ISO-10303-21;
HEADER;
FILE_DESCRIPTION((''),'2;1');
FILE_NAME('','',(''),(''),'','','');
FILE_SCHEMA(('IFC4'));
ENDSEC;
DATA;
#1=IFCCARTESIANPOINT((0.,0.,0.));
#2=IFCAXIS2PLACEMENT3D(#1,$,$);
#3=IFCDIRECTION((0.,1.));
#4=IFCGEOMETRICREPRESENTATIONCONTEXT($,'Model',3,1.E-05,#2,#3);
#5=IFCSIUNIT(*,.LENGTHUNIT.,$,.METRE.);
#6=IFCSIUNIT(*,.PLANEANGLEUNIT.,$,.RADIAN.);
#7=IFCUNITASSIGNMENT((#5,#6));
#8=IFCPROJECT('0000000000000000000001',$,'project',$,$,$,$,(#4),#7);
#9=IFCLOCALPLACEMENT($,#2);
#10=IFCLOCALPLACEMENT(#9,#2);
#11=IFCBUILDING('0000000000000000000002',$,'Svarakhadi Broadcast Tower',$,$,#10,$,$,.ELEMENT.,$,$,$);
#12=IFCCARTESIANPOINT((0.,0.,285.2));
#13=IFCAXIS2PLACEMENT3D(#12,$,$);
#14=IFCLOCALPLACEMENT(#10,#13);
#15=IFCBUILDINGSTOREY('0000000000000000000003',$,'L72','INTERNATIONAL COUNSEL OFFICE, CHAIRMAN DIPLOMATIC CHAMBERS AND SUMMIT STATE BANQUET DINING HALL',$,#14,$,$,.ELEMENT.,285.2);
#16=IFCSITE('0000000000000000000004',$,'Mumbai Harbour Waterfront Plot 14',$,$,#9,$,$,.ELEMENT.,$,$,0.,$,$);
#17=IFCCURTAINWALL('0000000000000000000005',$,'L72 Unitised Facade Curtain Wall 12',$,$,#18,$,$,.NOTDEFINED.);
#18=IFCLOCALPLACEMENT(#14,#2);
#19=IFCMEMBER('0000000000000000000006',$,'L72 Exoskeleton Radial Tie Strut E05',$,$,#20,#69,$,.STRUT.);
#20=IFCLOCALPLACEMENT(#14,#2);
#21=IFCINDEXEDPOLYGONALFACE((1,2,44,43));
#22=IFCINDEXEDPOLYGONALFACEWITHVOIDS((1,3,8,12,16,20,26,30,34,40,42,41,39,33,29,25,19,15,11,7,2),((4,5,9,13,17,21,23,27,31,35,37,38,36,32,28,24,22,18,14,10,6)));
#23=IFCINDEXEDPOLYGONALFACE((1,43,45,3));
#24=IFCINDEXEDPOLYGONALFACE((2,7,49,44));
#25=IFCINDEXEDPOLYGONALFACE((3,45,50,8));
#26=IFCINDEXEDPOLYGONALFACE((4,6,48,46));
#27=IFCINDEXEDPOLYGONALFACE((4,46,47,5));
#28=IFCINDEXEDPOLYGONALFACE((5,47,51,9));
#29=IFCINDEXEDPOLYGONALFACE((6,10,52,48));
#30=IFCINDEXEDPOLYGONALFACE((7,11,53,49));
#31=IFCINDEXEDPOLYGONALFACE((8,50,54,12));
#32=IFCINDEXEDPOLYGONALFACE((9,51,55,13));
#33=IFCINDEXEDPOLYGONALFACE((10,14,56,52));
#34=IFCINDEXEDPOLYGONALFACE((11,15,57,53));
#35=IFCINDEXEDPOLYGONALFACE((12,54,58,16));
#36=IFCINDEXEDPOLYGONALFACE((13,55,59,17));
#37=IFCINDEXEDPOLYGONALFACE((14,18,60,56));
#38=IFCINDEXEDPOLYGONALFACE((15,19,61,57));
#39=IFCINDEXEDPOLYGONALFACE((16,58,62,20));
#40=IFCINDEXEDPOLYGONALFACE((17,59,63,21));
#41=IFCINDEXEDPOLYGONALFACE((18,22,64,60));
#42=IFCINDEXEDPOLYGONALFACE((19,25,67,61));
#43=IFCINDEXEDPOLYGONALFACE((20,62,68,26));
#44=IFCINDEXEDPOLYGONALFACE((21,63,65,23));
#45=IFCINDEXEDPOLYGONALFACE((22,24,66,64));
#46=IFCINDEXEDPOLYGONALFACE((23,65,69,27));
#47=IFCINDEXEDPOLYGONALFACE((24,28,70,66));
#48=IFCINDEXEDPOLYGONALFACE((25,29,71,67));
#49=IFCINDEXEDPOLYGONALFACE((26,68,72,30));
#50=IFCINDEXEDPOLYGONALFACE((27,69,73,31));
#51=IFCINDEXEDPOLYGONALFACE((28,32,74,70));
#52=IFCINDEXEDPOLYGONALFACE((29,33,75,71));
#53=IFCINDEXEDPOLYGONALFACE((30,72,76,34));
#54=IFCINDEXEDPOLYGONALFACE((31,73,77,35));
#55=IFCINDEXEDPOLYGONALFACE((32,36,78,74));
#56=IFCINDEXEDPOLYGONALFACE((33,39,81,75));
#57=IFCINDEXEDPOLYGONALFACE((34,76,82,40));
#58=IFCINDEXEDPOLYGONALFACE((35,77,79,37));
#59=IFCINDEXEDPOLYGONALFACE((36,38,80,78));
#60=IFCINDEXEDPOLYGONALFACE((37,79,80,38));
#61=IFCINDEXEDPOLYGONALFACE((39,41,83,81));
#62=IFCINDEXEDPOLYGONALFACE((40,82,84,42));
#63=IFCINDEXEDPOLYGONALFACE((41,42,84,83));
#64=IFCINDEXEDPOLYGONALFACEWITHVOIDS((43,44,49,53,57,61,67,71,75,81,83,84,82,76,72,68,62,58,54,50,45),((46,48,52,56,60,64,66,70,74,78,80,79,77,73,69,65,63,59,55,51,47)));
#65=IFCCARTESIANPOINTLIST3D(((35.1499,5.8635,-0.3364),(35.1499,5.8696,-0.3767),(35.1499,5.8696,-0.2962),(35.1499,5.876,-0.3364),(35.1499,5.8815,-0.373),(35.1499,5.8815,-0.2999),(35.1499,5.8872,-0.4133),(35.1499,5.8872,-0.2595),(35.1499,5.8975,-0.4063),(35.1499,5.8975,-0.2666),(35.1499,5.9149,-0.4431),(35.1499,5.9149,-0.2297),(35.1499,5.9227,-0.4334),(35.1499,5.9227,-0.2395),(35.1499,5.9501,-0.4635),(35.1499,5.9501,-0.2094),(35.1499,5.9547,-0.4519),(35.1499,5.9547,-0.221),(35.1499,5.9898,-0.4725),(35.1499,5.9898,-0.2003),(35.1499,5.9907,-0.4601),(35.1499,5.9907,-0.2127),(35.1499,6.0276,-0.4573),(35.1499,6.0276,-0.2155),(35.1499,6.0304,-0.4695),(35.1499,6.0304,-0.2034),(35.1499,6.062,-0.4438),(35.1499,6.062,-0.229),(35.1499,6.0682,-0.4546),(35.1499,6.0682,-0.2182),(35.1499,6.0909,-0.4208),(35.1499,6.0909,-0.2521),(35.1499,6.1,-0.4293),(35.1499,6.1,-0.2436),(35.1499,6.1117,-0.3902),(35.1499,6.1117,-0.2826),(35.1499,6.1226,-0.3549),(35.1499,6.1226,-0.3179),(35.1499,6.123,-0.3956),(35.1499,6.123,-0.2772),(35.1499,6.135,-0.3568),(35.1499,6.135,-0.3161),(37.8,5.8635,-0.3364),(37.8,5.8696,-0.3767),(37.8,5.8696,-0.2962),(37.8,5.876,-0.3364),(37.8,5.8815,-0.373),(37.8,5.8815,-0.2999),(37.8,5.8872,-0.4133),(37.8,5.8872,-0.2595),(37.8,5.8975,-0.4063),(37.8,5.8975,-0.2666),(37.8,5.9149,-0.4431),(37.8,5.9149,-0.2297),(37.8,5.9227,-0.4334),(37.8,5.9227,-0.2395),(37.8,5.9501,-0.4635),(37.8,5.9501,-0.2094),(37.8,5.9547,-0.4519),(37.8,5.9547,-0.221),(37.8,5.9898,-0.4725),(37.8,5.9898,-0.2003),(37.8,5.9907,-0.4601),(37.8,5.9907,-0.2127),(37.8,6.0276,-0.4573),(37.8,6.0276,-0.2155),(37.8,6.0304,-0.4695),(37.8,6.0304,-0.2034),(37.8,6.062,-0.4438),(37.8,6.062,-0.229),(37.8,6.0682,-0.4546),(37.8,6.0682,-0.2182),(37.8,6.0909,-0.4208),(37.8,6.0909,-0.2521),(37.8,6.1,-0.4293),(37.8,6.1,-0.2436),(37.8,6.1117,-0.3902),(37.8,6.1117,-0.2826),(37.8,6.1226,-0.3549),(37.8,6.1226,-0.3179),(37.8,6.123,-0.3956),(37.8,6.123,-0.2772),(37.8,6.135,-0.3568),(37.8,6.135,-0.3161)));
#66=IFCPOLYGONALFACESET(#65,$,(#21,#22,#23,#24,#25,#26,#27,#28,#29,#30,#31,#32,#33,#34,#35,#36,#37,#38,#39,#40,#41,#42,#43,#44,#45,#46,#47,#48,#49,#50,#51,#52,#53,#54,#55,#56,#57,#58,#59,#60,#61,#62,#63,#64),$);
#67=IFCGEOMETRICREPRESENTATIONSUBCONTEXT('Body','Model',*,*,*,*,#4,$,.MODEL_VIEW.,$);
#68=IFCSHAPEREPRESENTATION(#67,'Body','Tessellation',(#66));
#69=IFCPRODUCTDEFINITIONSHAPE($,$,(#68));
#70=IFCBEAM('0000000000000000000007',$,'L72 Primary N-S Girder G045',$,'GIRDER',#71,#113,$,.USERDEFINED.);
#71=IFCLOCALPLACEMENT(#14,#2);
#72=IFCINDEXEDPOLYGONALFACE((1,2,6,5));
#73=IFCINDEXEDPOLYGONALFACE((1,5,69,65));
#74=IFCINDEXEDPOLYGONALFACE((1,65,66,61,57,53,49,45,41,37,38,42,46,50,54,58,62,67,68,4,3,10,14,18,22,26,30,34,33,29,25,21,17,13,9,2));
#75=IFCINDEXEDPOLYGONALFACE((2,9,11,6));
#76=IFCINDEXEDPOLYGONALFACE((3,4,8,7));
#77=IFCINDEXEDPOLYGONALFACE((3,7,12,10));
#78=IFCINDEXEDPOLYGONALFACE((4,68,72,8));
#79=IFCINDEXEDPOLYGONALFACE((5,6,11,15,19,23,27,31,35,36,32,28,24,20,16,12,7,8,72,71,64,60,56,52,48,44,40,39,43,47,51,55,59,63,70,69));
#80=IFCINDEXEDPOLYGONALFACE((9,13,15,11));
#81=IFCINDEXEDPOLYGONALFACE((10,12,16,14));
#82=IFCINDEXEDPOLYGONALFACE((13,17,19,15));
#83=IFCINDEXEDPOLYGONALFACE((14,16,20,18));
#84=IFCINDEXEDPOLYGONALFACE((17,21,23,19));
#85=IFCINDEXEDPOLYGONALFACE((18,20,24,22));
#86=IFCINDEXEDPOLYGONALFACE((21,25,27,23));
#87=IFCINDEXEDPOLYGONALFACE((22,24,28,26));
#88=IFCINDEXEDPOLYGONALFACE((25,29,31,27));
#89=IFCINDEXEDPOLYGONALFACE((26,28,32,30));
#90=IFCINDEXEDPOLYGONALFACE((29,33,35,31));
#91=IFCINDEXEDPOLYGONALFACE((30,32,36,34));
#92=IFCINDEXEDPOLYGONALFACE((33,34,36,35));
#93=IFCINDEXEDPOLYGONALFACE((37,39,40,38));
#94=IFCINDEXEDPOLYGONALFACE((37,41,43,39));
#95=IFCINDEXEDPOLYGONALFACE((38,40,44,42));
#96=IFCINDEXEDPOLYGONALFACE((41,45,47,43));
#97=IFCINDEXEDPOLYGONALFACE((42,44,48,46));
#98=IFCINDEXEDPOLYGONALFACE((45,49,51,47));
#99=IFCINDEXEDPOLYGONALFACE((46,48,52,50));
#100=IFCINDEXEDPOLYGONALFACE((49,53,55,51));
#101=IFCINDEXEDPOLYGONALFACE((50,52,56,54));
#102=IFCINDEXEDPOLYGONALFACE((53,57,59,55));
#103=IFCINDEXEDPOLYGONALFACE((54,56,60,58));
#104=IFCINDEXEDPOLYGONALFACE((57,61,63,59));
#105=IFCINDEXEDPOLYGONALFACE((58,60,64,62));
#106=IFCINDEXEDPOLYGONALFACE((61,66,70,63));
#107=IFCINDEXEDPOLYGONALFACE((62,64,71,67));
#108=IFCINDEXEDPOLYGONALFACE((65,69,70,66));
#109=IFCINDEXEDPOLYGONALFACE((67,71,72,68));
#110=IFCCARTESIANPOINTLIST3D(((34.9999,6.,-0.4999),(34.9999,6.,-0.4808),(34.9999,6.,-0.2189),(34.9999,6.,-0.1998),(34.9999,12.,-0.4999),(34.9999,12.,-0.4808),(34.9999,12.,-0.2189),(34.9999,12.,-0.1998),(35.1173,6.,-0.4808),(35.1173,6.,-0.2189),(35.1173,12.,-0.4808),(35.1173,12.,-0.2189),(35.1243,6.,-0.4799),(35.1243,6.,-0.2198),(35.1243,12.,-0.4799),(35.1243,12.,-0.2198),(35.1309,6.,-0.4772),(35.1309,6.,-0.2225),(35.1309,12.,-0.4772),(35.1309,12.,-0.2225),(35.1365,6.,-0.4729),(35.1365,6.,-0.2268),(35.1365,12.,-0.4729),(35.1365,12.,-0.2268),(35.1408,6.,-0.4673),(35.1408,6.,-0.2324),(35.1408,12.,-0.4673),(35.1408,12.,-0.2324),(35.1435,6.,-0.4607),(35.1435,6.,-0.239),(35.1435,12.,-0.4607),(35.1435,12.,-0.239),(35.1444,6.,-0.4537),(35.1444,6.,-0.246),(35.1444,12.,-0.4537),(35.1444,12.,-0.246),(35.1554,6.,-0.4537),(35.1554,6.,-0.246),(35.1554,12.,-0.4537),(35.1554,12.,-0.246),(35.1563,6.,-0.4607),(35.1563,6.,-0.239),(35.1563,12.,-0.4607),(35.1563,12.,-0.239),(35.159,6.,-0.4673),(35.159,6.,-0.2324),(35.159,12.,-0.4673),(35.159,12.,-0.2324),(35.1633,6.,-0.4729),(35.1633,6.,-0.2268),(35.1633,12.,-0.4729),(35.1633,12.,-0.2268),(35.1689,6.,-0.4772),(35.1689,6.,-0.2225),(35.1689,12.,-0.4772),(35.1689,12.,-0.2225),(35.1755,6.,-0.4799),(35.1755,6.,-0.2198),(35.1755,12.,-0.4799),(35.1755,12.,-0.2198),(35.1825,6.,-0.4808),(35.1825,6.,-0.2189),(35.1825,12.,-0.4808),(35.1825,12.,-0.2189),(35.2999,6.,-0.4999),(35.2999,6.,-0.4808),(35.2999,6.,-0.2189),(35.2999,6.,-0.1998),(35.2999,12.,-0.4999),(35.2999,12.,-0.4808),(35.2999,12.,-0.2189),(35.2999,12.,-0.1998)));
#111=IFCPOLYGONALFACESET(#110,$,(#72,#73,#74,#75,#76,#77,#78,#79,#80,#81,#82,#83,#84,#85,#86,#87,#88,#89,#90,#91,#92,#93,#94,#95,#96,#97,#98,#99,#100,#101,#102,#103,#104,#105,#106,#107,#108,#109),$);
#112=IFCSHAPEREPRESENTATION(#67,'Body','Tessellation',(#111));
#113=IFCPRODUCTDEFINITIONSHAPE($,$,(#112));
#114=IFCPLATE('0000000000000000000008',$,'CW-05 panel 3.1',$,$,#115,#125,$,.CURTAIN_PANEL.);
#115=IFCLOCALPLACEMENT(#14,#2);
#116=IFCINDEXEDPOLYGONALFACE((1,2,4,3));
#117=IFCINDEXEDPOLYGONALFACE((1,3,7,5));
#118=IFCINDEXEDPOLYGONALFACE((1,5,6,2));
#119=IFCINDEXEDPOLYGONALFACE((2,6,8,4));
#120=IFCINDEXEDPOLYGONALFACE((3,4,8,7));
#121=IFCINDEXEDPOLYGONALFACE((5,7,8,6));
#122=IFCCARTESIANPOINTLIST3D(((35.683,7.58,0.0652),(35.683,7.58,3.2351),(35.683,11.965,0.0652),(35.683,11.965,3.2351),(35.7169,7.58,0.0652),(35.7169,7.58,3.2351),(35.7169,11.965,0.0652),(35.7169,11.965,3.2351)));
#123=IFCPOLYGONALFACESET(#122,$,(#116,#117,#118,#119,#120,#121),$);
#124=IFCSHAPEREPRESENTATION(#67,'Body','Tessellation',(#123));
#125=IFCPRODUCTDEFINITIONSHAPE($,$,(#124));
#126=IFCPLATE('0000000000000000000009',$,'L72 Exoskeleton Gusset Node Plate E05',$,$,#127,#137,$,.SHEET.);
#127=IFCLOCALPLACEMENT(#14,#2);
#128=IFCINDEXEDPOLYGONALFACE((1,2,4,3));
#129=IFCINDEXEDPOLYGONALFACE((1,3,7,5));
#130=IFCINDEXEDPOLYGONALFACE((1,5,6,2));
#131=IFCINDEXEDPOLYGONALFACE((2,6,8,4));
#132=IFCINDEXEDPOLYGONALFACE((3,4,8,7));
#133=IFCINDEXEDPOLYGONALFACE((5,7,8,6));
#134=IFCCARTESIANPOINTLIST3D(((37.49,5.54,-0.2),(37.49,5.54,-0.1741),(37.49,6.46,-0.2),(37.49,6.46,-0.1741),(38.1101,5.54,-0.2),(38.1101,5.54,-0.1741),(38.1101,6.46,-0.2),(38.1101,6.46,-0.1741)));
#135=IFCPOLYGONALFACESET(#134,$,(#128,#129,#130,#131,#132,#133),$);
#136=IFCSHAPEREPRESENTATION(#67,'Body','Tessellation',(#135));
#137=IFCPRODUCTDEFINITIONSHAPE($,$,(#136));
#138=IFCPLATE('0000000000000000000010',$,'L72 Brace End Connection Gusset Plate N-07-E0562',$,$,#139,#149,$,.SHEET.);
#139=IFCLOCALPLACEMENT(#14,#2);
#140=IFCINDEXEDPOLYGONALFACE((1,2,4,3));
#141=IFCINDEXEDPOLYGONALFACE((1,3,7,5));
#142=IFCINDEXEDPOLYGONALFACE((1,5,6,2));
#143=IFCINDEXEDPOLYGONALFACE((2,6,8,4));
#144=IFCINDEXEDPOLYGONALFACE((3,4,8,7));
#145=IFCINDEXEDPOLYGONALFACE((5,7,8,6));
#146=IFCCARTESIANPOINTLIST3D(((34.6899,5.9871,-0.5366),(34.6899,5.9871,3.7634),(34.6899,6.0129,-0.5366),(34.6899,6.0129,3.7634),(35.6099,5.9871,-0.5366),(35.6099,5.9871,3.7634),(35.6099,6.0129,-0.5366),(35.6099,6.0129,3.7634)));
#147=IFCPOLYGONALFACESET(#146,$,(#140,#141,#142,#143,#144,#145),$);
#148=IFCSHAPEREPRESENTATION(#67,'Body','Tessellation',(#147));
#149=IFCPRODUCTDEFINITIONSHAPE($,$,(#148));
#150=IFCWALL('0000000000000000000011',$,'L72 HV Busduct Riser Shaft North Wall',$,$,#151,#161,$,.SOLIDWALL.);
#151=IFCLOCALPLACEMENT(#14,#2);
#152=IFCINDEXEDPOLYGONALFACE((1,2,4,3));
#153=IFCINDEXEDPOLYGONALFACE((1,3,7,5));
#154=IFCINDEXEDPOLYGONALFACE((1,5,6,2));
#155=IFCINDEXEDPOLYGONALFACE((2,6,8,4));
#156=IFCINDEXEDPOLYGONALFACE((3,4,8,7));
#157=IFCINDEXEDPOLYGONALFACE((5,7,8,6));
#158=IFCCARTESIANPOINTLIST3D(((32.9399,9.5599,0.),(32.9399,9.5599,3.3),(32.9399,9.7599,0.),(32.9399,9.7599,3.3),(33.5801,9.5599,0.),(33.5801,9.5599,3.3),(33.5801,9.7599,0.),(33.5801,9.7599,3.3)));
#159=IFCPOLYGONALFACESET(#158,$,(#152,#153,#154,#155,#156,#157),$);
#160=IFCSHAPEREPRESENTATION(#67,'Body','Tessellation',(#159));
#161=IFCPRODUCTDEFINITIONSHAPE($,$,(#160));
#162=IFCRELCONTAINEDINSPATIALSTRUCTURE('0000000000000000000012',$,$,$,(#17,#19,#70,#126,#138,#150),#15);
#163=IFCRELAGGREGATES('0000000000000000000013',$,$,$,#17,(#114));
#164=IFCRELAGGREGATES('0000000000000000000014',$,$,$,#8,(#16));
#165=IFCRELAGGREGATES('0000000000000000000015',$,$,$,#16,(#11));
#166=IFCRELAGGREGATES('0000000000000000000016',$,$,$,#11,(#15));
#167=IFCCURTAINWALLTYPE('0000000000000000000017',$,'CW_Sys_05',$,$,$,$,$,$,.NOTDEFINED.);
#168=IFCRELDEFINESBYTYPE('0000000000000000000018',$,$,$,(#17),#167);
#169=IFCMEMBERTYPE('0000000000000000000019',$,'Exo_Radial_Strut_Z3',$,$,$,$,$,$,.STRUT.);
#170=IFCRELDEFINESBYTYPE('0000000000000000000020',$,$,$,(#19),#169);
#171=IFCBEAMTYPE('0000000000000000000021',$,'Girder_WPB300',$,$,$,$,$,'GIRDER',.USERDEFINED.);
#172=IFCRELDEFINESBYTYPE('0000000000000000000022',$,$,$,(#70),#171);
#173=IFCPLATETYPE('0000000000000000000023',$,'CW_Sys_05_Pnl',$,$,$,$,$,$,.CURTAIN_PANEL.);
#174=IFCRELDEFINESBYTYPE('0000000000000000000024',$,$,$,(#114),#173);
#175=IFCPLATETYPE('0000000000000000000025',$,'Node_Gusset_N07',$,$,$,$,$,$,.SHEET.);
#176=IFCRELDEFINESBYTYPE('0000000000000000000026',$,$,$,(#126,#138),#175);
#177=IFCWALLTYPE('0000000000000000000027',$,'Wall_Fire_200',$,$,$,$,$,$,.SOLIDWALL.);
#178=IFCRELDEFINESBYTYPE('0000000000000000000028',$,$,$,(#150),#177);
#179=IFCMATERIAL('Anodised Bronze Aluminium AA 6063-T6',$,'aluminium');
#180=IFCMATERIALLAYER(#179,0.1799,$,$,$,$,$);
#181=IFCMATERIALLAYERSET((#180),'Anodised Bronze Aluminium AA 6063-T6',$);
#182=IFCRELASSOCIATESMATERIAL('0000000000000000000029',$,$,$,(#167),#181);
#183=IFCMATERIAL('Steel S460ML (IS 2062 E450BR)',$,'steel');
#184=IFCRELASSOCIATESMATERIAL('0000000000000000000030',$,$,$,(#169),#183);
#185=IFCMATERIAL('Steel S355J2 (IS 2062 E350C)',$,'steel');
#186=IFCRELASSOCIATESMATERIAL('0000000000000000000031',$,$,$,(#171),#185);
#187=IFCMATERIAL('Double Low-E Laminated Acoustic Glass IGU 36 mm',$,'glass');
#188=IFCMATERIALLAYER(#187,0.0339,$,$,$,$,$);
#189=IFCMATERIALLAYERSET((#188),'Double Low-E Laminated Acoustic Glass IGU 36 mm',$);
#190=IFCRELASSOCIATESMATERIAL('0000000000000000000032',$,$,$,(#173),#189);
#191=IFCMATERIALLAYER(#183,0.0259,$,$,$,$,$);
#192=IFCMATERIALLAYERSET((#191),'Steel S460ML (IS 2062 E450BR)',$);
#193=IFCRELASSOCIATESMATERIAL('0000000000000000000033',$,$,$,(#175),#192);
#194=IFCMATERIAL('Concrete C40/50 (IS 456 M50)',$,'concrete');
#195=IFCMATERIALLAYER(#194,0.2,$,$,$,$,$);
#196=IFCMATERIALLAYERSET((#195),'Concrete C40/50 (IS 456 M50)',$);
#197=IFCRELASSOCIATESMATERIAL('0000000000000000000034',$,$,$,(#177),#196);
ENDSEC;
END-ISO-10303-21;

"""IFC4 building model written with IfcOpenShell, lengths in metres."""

from ifc_helpers import new_model, si_unit, direction, frame, frame_2d, origin, origin_2d, place, context, subcontext, project, spatial, rectangle, hollow_circle, i_section, extrude, material, layer, layer_set, material_profile, profile_set, type_object, element, aggregate, save


model = new_model("IFC4")

# Units and contexts
model_context = context("Model", 3, precision=1e-05, world=origin(), true_north=direction((0.0, 1.0)))
body_context = subcontext(model_context, "Body", "Model", "MODEL_VIEW")
ifc_project = project(units=[si_unit("LENGTHUNIT", "METRE"), si_unit("PLANEANGLEUNIT", "RADIAN")], contexts=[model_context])

# Site, building, storey
site_placement = place(None, origin())
site = spatial("IfcSite", under=ifc_project, at=site_placement, Name="Mumbai Harbour Waterfront Plot 14", CompositionType="ELEMENT", RefElevation=0.0)
building_placement = place(site_placement, origin())
building = spatial("IfcBuilding", under=site, at=building_placement, Name="Svarakhadi Broadcast Tower", CompositionType="ELEMENT")
storey_placement = place(building_placement, frame((0.0, 0.0, 285.2)))
storey = spatial("IfcBuildingStorey", under=building, at=storey_placement, Name="L72", Description="INTERNATIONAL COUNSEL OFFICE, CHAIRMAN DIPLOMATIC CHAMBERS AND SUMMIT STATE BANQUET DINING HALL", CompositionType="ELEMENT", Elevation=285.2)

# Curtain wall
ifc_material_1 = material(Name="Anodised Bronze Aluminium AA 6063-T6", Category="aluminium")
ifc_layer_1 = layer(ifc_material_1, 0.1799)
ifc_layer_set_1 = layer_set([ifc_layer_1], Name="Anodised Bronze Aluminium AA 6063-T6")
curtain_wall_type = type_object("IfcCurtainWallType", Name="CW_Sys_05", PredefinedType="NOTDEFINED", material=ifc_layer_set_1)
curtain_wall_placement = place(storey_placement, origin())
curtain_wall = element("IfcCurtainWall", 1, at=curtain_wall_placement, inside=storey, type_object=curtain_wall_type, Name="L72 Unitised Facade Curtain Wall 12", PredefinedType="NOTDEFINED")

# Member
ifc_material_2 = material(Name="Steel S460ML (IS 2062 E450BR)", Category="steel")
ifc_material_profile_1 = material_profile(ifc_material_2, hollow_circle(Radius=0.1365, WallThickness=0.0125, at=origin_2d()), Name="CHS 273x12.5")
ifc_profile_set_1 = profile_set([ifc_material_profile_1], Name="Steel S460ML (IS 2062 E450BR)")
member_type_1 = type_object("IfcMemberType", Name="Exo_Radial_Strut_Z3", PredefinedType="STRUT", material=ifc_profile_set_1)
member_1_placement = place(storey_placement, frame((37.8, 6.0, -0.3364), z_axis=(-1.0, 0.0, 0.0), x_axis=(0.0, -1.0, 0.0)))
element("IfcMember", 2, at=member_1_placement, inside=storey, type_object=member_type_1, Name="L72 Exoskeleton Radial Tie Strut E05", PredefinedType="STRUT", context=body_context, shape_type="SweptSolid", body=[
    extrude(hollow_circle(Radius=0.1365, WallThickness=0.0125, at=origin_2d()), origin(), (0.0, 0.0, 1.0), 2.6501),
])

# Beam
ifc_material_3 = material(Name="Steel S355J2 (IS 2062 E350C)", Category="steel")
ifc_material_profile_2 = material_profile(ifc_material_3, i_section(OverallWidth=0.3, OverallDepth=0.3, WebThickness=0.011, FlangeThickness=0.019, FilletRadius=0.0271, at=origin_2d()), Name="WPB 300x300x117")
ifc_profile_set_2 = profile_set([ifc_material_profile_2], Name="Steel S355J2 (IS 2062 E350C)")
beam_type_1 = type_object("IfcBeamType", Name="Girder_WPB300", ElementType="GIRDER", PredefinedType="USERDEFINED", material=ifc_profile_set_2)
beam_1_placement = place(storey_placement, frame((35.1499, 6.0, -0.3499), z_axis=(0.0, 1.0, 0.0), x_axis=(-1.0, 0.0, 0.0)))
element("IfcBeam", 3, at=beam_1_placement, inside=storey, type_object=beam_type_1, Name="L72 Primary N-S Girder G045", ObjectType="GIRDER", PredefinedType="USERDEFINED", context=body_context, shape_type="SweptSolid", body=[
    extrude(i_section(OverallWidth=0.3, OverallDepth=0.3, WebThickness=0.011, FlangeThickness=0.019, FilletRadius=0.0271, at=origin_2d()), origin(), (0.0, 0.0, 1.0), 6.0),
])

# Plate
ifc_material_4 = material(Name="Double Low-E Laminated Acoustic Glass IGU 36 mm", Category="glass")
ifc_layer_2 = layer(ifc_material_4, 0.0339)
ifc_layer_set_2 = layer_set([ifc_layer_2], Name="Double Low-E Laminated Acoustic Glass IGU 36 mm")
plate_type_1 = type_object("IfcPlateType", Name="CW_Sys_05_Pnl", PredefinedType="CURTAIN_PANEL", material=ifc_layer_set_2)
plate_1_placement = place(storey_placement, frame((35.7, 9.7725, 0.0652), z_axis=(0.0, 0.0, 1.0), x_axis=(0.0, -1.0, 0.0)))
plate_1 = element("IfcPlate", 4, at=plate_1_placement, type_object=plate_type_1, Name="CW-05 panel 3.1", PredefinedType="CURTAIN_PANEL", context=body_context, shape_type="SweptSolid", body=[
    extrude(rectangle(XDim=4.385, YDim=0.0339, at=origin_2d()), origin(), (0.0, 0.0, 1.0), 3.1699),
])
aggregate(curtain_wall, [plate_1])

# Plates
ifc_layer_3 = layer(ifc_material_2, 0.0259)
ifc_layer_set_3 = layer_set([ifc_layer_3], Name="Steel S460ML (IS 2062 E450BR)")
plate_type_2 = type_object("IfcPlateType", Name="Node_Gusset_N07", PredefinedType="SHEET", material=ifc_layer_set_3)
plate_2_placement = place(storey_placement, frame((37.8, 6.0, -0.2), z_axis=(0.0, 0.0, 1.0), x_axis=(0.0, 1.0, 0.0)))
element("IfcPlate", 5, at=plate_2_placement, inside=storey, type_object=plate_type_2, Name="L72 Exoskeleton Gusset Node Plate E05", PredefinedType="SHEET", context=body_context, shape_type="SweptSolid", body=[
    extrude(rectangle(XDim=0.9199, YDim=0.6201, at=origin_2d()), origin(), (0.0, 0.0, 1.0), 0.0259),
])
plate_3_placement = place(storey_placement, frame((35.1499, 6.0, -0.5366), z_axis=(0.0, 0.0, 1.0), x_axis=(1.0, 0.0, 0.0)))
element("IfcPlate", 6, at=plate_3_placement, inside=storey, type_object=plate_type_2, Name="L72 Brace End Connection Gusset Plate N-07-E0562", PredefinedType="SHEET", context=body_context, shape_type="SweptSolid", body=[
    extrude(rectangle(XDim=0.9199, YDim=0.0259, at=origin_2d()), origin(), (0.0, 0.0, 1.0), 4.3),
])

# Wall
ifc_material_5 = material(Name="Concrete C40/50 (IS 456 M50)", Category="concrete")
ifc_layer_4 = layer(ifc_material_5, 0.2)
ifc_layer_set_4 = layer_set([ifc_layer_4], Name="Concrete C40/50 (IS 456 M50)")
wall_type_1 = type_object("IfcWallType", Name="Wall_Fire_200", PredefinedType="SOLIDWALL", material=ifc_layer_set_4)
wall_1_placement = place(storey_placement, frame((32.9399, 9.6599, 0.0), z_axis=(0.0, 0.0, 1.0), x_axis=(1.0, 0.0, 0.0)))
element("IfcWall", 7, at=wall_1_placement, inside=storey, type_object=wall_type_1, Name="L72 HV Busduct Riser Shaft North Wall", PredefinedType="SOLIDWALL", context=body_context, shape_type="SweptSolid", body=[
    extrude(rectangle(XDim=0.6401, YDim=0.2, at=frame_2d((0.3201, 0.0))), origin(), (0.0, 0.0, 1.0), 3.3),
])

save(model, "model.ifc")
